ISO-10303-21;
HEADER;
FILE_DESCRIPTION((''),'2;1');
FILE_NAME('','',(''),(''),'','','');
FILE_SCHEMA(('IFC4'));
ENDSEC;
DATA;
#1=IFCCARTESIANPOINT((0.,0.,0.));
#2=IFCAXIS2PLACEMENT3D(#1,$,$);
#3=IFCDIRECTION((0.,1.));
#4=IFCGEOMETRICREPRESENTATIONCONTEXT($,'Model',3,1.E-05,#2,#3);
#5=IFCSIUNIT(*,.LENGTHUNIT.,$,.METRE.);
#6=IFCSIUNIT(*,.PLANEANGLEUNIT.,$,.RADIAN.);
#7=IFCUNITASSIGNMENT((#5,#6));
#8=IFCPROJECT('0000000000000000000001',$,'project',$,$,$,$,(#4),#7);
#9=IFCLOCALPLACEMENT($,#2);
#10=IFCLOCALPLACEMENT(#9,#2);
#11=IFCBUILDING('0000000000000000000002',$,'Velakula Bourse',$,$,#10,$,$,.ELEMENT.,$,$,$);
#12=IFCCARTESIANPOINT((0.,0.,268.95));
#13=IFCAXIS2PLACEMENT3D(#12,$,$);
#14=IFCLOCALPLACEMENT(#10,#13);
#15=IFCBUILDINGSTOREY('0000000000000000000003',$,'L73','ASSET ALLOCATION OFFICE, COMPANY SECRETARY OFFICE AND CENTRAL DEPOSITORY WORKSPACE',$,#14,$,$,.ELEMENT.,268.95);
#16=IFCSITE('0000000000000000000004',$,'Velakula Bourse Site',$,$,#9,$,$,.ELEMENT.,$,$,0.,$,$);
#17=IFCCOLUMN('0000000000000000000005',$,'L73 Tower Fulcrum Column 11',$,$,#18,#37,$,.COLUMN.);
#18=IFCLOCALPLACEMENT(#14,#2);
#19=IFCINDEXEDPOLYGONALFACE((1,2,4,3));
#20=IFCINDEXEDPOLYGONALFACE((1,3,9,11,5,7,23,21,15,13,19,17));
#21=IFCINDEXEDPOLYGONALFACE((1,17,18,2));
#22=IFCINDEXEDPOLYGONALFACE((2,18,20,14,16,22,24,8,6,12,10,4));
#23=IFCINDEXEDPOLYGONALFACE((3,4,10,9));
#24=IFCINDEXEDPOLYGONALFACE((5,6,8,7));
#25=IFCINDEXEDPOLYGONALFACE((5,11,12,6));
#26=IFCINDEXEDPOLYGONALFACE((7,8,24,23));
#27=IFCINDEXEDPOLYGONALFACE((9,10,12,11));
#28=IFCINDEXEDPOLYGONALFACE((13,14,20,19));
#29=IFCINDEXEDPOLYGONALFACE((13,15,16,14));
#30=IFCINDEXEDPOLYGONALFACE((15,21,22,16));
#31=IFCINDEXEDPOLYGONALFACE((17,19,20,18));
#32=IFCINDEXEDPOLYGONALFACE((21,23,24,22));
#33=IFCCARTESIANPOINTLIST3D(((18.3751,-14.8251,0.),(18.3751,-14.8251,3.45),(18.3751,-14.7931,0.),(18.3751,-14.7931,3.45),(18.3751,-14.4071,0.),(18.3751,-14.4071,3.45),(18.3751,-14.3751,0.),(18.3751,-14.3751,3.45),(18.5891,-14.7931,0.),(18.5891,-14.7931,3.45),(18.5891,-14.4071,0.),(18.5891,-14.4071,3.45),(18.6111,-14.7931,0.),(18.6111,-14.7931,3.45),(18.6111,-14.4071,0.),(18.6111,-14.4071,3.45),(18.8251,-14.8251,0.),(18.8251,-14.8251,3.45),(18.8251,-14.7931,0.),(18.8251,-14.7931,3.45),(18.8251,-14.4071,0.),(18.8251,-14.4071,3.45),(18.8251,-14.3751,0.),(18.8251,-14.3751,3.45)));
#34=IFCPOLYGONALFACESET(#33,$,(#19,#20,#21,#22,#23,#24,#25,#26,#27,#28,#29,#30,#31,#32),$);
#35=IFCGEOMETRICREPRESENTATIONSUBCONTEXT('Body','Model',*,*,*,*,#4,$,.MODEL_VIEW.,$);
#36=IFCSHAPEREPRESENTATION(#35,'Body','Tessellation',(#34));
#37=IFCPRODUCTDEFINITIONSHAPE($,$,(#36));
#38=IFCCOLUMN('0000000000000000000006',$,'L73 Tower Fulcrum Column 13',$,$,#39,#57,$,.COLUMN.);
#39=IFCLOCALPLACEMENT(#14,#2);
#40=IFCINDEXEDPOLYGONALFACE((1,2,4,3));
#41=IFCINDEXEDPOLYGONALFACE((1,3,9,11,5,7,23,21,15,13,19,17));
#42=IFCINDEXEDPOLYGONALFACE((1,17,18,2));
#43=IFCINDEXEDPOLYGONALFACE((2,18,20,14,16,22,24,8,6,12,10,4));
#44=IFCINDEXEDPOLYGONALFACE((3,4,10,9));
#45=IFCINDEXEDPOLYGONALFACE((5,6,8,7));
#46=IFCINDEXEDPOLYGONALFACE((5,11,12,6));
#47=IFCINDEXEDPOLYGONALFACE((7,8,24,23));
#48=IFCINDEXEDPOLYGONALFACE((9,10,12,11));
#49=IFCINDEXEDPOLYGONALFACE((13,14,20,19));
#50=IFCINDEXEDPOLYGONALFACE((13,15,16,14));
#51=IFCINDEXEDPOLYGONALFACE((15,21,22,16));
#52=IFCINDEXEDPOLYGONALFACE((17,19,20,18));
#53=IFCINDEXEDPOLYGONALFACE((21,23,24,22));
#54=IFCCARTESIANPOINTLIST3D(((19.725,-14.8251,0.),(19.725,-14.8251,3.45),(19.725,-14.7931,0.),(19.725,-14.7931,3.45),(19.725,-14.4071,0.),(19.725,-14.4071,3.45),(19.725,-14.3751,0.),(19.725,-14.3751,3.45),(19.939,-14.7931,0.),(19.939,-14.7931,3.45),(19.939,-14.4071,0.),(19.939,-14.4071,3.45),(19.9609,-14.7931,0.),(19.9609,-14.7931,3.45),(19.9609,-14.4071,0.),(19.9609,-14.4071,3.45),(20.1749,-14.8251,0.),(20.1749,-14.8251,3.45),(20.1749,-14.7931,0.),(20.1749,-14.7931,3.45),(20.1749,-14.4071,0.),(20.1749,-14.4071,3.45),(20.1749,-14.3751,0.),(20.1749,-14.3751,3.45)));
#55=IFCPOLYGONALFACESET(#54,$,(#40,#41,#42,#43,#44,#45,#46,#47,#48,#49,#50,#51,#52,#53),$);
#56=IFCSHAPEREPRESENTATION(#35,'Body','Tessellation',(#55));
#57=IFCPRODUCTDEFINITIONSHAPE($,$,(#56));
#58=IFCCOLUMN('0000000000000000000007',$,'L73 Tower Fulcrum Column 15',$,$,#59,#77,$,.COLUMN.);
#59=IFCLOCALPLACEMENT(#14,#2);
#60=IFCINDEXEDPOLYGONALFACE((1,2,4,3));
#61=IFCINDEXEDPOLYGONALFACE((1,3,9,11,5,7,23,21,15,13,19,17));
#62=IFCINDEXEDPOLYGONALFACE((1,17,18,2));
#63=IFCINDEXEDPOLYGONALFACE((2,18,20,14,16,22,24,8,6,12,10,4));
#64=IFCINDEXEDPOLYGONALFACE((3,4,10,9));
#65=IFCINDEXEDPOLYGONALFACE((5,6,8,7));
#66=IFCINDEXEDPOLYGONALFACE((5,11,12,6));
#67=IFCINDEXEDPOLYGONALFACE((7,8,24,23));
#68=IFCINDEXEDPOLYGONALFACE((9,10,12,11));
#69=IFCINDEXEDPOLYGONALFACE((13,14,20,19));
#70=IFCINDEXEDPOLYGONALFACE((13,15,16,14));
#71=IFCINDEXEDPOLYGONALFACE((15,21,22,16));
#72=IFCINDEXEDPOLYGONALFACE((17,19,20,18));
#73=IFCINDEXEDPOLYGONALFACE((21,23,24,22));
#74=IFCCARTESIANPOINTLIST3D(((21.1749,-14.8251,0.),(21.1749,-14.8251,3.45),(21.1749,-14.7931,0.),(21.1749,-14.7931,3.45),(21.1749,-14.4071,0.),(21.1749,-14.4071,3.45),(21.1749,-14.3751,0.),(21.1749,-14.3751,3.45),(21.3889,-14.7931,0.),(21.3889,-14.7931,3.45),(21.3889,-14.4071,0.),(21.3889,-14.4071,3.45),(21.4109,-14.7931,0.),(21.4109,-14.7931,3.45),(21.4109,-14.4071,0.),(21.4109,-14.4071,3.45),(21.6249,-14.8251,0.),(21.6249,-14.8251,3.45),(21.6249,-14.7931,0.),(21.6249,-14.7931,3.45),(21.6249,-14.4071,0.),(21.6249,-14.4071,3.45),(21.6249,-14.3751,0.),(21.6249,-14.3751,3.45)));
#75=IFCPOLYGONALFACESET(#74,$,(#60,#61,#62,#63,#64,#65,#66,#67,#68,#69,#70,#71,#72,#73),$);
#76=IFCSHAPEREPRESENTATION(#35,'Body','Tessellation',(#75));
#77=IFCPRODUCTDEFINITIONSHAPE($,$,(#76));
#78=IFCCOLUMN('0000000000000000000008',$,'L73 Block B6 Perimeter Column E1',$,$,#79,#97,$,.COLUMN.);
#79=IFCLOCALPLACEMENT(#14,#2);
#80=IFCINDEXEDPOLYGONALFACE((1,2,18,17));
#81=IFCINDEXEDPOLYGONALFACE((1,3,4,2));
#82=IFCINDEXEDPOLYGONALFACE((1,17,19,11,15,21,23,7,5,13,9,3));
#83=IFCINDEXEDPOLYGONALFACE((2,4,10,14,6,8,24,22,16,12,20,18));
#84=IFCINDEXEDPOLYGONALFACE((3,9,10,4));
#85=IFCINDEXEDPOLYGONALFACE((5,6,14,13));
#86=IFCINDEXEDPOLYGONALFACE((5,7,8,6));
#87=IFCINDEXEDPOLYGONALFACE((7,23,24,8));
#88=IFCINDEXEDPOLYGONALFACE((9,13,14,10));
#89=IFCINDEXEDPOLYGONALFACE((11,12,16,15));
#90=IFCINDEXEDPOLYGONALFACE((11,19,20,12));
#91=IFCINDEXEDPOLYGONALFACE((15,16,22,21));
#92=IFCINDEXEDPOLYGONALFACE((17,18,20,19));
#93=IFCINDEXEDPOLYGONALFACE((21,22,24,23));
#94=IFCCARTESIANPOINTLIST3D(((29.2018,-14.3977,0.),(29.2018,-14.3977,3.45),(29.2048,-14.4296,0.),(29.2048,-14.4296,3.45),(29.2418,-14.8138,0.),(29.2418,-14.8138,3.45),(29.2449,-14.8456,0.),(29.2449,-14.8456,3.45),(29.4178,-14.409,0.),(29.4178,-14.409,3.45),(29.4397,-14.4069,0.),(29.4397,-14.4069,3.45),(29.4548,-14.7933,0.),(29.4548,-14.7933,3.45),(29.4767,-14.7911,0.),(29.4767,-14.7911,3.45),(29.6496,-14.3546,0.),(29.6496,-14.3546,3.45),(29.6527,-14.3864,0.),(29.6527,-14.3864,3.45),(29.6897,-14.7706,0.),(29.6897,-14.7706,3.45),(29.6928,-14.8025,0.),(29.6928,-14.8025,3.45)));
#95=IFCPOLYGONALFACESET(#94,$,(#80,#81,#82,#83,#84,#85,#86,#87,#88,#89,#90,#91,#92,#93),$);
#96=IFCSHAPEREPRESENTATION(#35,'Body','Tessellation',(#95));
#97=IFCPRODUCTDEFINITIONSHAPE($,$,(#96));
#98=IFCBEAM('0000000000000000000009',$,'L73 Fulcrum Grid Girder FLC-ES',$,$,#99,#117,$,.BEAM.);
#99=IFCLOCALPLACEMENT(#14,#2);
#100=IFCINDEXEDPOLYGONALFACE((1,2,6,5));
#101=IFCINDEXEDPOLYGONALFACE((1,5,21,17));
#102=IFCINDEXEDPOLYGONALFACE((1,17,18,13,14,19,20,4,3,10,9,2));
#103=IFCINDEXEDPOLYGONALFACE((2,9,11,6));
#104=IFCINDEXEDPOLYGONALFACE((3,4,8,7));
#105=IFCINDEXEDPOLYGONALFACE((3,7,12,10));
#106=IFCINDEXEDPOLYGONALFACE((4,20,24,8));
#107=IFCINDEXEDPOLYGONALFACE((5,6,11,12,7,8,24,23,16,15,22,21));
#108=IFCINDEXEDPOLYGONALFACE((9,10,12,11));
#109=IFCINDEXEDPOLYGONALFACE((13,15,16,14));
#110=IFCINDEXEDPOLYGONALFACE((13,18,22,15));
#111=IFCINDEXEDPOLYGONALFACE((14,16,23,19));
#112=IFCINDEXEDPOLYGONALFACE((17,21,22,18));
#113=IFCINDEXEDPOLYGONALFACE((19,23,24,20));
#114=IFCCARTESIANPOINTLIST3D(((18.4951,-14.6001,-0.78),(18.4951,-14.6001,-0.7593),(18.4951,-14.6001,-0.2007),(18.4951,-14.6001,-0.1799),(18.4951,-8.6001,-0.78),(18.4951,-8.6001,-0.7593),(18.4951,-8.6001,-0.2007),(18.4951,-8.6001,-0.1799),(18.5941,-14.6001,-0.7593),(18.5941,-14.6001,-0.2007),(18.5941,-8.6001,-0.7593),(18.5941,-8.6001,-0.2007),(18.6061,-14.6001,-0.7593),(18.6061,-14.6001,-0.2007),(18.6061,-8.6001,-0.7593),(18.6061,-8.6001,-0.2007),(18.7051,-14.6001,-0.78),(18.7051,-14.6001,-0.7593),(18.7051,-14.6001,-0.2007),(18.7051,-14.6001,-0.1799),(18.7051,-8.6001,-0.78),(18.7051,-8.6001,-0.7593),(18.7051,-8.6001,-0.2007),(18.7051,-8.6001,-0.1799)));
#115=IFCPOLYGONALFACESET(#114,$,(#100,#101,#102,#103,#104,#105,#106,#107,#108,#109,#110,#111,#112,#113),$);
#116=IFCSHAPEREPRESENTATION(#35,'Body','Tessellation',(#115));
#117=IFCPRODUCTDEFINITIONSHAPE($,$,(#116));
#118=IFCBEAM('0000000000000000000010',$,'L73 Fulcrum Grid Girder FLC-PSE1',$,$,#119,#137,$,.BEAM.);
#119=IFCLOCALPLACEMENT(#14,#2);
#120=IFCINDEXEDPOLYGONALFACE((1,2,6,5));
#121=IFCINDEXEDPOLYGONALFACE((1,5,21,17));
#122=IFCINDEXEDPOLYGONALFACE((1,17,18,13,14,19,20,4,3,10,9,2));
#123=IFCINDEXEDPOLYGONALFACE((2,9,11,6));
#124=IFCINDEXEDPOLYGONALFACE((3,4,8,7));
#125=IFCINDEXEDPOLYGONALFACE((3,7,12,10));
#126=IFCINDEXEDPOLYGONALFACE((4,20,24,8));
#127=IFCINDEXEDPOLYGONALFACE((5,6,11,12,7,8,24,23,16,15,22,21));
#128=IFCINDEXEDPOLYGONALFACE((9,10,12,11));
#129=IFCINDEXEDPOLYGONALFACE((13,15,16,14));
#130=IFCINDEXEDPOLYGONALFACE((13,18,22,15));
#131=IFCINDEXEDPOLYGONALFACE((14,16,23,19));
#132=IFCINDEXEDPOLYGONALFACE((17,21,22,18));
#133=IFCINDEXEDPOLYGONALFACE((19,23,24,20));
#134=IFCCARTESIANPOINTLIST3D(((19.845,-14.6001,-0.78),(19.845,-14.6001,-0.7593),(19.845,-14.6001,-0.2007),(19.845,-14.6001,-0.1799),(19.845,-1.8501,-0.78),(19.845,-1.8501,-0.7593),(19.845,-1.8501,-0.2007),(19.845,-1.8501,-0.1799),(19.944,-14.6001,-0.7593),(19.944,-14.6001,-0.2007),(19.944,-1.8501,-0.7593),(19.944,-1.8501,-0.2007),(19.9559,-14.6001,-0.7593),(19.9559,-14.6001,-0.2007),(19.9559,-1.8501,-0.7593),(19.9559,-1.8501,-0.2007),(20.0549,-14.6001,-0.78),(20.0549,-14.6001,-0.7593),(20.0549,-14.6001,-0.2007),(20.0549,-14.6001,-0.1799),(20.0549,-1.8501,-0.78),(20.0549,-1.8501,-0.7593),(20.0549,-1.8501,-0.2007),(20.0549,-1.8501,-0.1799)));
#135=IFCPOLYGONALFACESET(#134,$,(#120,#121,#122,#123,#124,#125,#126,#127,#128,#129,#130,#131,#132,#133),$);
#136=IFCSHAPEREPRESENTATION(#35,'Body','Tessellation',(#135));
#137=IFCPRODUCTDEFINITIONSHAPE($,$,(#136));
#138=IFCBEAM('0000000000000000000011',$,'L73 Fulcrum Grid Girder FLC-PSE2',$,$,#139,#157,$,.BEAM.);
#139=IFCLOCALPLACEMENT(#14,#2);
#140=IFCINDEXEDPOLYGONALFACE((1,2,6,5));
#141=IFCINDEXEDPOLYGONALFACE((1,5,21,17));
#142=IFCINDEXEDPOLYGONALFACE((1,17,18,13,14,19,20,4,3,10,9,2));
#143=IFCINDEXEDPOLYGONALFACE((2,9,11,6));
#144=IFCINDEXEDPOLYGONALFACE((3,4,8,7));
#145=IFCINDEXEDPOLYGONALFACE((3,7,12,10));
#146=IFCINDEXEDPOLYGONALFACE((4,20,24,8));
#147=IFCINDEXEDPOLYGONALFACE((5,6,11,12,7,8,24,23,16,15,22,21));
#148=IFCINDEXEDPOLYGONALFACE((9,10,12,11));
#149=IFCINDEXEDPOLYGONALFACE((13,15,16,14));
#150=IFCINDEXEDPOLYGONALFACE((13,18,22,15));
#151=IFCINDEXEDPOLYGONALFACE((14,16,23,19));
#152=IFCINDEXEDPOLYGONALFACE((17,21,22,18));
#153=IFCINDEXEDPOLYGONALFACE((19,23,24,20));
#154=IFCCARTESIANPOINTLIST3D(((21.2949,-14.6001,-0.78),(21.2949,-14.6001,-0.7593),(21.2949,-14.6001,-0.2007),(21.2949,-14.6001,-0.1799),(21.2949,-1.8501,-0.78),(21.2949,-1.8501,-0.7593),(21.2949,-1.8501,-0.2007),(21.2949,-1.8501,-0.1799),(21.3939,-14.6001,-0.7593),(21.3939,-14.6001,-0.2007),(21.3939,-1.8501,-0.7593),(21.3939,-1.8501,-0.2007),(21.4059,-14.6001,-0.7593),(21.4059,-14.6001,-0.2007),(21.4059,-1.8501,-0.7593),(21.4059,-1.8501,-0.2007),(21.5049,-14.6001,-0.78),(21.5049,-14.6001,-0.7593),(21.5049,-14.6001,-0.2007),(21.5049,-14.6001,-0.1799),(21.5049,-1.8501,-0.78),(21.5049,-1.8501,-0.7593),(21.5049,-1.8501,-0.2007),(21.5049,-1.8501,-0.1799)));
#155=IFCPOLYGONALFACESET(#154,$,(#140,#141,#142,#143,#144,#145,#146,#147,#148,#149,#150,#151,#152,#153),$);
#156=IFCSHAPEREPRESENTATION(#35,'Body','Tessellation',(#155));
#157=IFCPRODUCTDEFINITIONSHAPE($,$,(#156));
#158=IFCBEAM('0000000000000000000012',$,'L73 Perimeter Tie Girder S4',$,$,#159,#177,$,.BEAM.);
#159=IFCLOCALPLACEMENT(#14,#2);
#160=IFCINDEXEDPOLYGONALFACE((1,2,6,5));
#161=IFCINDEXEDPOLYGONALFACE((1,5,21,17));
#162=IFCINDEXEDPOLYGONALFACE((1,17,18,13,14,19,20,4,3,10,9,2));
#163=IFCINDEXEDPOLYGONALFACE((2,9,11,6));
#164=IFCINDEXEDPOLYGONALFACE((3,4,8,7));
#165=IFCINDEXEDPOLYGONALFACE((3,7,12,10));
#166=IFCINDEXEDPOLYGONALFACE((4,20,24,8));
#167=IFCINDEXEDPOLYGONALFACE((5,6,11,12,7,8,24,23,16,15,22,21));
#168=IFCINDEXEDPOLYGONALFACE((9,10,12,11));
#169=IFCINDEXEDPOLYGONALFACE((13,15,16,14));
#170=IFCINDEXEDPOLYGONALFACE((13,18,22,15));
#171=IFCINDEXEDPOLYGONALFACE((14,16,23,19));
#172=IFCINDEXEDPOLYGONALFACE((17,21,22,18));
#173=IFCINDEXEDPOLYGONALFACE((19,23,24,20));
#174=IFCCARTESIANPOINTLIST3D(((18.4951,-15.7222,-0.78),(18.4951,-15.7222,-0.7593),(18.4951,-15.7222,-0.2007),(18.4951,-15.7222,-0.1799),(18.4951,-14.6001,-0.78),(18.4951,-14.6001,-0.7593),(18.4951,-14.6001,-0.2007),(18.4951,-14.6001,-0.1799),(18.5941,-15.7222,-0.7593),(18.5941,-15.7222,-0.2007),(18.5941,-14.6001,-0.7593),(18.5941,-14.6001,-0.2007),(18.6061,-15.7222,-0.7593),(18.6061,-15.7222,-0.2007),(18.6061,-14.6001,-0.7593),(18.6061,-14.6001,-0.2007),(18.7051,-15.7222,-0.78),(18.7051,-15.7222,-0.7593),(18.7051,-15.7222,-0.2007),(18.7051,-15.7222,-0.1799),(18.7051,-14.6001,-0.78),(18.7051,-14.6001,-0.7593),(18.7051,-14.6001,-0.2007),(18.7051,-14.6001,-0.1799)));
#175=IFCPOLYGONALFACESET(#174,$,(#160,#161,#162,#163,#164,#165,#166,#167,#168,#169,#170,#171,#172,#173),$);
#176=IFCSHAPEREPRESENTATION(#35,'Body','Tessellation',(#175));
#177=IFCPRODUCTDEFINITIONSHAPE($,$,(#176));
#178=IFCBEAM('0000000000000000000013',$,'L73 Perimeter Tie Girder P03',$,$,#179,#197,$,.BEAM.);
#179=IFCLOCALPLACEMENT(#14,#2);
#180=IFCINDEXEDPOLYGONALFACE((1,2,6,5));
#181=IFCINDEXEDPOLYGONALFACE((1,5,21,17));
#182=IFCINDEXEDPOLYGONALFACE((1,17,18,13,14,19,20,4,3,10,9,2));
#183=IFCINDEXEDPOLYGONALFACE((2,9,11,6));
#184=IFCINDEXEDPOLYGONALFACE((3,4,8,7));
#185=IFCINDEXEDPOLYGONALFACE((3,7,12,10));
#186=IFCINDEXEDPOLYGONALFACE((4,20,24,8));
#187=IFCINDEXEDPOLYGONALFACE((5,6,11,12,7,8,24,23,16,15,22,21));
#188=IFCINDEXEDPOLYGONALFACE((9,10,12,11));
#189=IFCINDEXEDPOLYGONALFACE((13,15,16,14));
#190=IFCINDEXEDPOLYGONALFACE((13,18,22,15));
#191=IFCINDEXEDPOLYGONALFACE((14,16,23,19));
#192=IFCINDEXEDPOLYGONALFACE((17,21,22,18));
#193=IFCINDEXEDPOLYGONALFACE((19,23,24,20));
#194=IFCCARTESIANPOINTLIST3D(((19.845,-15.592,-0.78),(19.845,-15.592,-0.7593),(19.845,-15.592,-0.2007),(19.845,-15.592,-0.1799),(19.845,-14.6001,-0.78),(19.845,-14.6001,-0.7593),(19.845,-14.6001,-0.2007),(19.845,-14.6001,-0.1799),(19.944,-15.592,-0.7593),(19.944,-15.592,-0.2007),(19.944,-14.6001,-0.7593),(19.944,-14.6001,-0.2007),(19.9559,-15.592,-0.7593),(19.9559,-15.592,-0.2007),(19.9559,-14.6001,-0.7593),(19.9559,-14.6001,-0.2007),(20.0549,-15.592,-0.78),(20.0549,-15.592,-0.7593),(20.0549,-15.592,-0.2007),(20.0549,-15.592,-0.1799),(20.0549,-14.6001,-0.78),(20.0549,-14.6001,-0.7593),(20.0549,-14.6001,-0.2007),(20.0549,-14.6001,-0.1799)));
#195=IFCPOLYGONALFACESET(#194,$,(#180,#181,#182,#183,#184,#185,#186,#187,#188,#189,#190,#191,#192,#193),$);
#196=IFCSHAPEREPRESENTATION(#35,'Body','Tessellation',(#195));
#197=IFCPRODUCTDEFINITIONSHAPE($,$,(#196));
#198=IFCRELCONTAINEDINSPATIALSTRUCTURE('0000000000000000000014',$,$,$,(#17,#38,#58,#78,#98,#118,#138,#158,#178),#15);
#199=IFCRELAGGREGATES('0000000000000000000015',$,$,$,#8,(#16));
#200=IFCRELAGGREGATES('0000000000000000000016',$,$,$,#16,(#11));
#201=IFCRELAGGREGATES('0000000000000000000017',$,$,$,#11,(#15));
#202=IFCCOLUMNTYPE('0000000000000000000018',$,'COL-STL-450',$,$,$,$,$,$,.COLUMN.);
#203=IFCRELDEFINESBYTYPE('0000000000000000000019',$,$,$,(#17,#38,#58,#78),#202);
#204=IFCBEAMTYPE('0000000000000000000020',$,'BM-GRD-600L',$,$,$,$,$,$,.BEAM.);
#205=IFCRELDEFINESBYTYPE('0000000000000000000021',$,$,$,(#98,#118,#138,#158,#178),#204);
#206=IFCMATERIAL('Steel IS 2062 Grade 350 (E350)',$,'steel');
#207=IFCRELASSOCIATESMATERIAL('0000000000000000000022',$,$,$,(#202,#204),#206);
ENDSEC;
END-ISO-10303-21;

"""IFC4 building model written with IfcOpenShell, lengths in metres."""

from ifc_helpers import new_model, si_unit, direction, frame, origin, origin_2d, place, context, subcontext, project, spatial, i_section, extrude, material, material_profile, profile_set, type_object, element, save


model = new_model("IFC4")

# Units and contexts
model_context = context("Model", 3, precision=1e-05, world=origin(), true_north=direction((0.0, 1.0)))
body_context = subcontext(model_context, "Body", "Model", "MODEL_VIEW")
ifc_project = project(units=[si_unit("LENGTHUNIT", "METRE"), si_unit("PLANEANGLEUNIT", "RADIAN")], contexts=[model_context])

# Site, building, storey
site_placement = place(None, origin())
site = spatial("IfcSite", under=ifc_project, at=site_placement, Name="Velakula Bourse Site", CompositionType="ELEMENT", RefElevation=0.0)
building_placement = place(site_placement, origin())
building = spatial("IfcBuilding", under=site, at=building_placement, Name="Velakula Bourse", CompositionType="ELEMENT")
storey_placement = place(building_placement, frame((0.0, 0.0, 268.95)))
storey = spatial("IfcBuildingStorey", under=building, at=storey_placement, Name="L73", Description="ASSET ALLOCATION OFFICE, COMPANY SECRETARY OFFICE AND CENTRAL DEPOSITORY WORKSPACE", CompositionType="ELEMENT", Elevation=268.95)

# Columns
ifc_material_1 = material(Name="Steel IS 2062 Grade 350 (E350)", Category="steel")
ifc_material_profile_1 = material_profile(ifc_material_1, i_section(OverallWidth=0.45, OverallDepth=0.45, WebThickness=0.022, FlangeThickness=0.032, at=origin_2d()), Name="Steel IS 2062 Grade 350 (E350)")
ifc_profile_set_1 = profile_set([ifc_material_profile_1], Name="Steel IS 2062 Grade 350 (E350)")
column_type = type_object("IfcColumnType", Name="COL-STL-450", PredefinedType="COLUMN", material=ifc_profile_set_1)
for number, where, z_axis, x_axis, name in (
    (1, (18.6001, -14.6001, 0.0), (0.0, 0.0, 1.0), (1.0, 0.0, 0.0), "L73 Tower Fulcrum Column 11"),
    (2, (19.95, -14.6001, 0.0), (0.0, 0.0, 1.0), (1.0, 0.0, 0.0), "L73 Tower Fulcrum Column 13"),
    (3, (21.3999, -14.6001, 0.0), (0.0, 0.0, 1.0), (1.0, 0.0, 0.0), "L73 Tower Fulcrum Column 15"),
    (4, (29.4473, -14.6001, 0.0), (0.0, 0.0, 1.0), (0.995396, 0.095846, 0.0), "L73 Block B6 Perimeter Column E1"),
):
    element("IfcColumn", number, at=place(storey_placement, frame(where, z_axis=z_axis, x_axis=x_axis)), inside=storey, type_object=column_type, Name=name, PredefinedType="COLUMN", context=body_context, shape_type="SweptSolid", body=[
        extrude(i_section(OverallWidth=0.45, OverallDepth=0.45, WebThickness=0.022, FlangeThickness=0.032, at=origin_2d()), origin(), (0.0, 0.0, 1.0), 3.45),
    ])

# Beams
ifc_material_profile_2 = material_profile(ifc_material_1, i_section(OverallWidth=0.21, OverallDepth=0.6001, WebThickness=0.012, FlangeThickness=0.0208, at=origin_2d()), Name="Steel IS 2062 Grade 350 (E350)")
ifc_profile_set_2 = profile_set([ifc_material_profile_2], Name="Steel IS 2062 Grade 350 (E350)")
beam_type_1 = type_object("IfcBeamType", Name="BM-GRD-600L", PredefinedType="BEAM", material=ifc_profile_set_2)
beam_1_placement = place(storey_placement, frame((18.6001, -14.6001, -0.48), z_axis=(0.0, 1.0, 0.0), x_axis=(-1.0, 0.0, 0.0)))
element("IfcBeam", 5, at=beam_1_placement, inside=storey, type_object=beam_type_1, Name="L73 Fulcrum Grid Girder FLC-ES", PredefinedType="BEAM", context=body_context, shape_type="SweptSolid", body=[
    extrude(i_section(OverallWidth=0.21, OverallDepth=0.6001, WebThickness=0.012, FlangeThickness=0.0208, at=origin_2d()), origin(), (0.0, 0.0, 1.0), 6.0),
])
for number, where, z_axis, x_axis, name in (
    (6, (19.95, -14.6001, -0.48), (0.0, 1.0, 0.0), (-1.0, 0.0, 0.0), "L73 Fulcrum Grid Girder FLC-PSE1"),
    (7, (21.3999, -14.6001, -0.48), (0.0, 1.0, 0.0), (-1.0, 0.0, 0.0), "L73 Fulcrum Grid Girder FLC-PSE2"),
):
    element("IfcBeam", number, at=place(storey_placement, frame(where, z_axis=z_axis, x_axis=x_axis)), inside=storey, type_object=beam_type_1, Name=name, PredefinedType="BEAM", context=body_context, shape_type="SweptSolid", body=[
        extrude(i_section(OverallWidth=0.21, OverallDepth=0.6001, WebThickness=0.012, FlangeThickness=0.0208, at=origin_2d()), origin(), (0.0, 0.0, 1.0), 12.75),
    ])
beam_2_placement = place(storey_placement, frame((18.6001, -14.6001, -0.48), z_axis=(0.0, -1.0, 0.0), x_axis=(1.0, 0.0, 0.0)))
element("IfcBeam", 8, at=beam_2_placement, inside=storey, type_object=beam_type_1, Name="L73 Perimeter Tie Girder S4", PredefinedType="BEAM", context=body_context, shape_type="SweptSolid", body=[
    extrude(i_section(OverallWidth=0.21, OverallDepth=0.6001, WebThickness=0.012, FlangeThickness=0.0208, at=origin_2d()), origin(), (0.0, 0.0, 1.0), 1.1221),
])
beam_3_placement = place(storey_placement, frame((19.95, -14.6001, -0.48), z_axis=(0.0, -1.0, 0.0), x_axis=(1.0, 0.0, 0.0)))
element("IfcBeam", 9, at=beam_3_placement, inside=storey, type_object=beam_type_1, Name="L73 Perimeter Tie Girder P03", PredefinedType="BEAM", context=body_context, shape_type="SweptSolid", body=[
    extrude(i_section(OverallWidth=0.21, OverallDepth=0.6001, WebThickness=0.012, FlangeThickness=0.0208, at=origin_2d()), origin(), (0.0, 0.0, 1.0), 0.9919),
])

save(model, "model.ifc")
